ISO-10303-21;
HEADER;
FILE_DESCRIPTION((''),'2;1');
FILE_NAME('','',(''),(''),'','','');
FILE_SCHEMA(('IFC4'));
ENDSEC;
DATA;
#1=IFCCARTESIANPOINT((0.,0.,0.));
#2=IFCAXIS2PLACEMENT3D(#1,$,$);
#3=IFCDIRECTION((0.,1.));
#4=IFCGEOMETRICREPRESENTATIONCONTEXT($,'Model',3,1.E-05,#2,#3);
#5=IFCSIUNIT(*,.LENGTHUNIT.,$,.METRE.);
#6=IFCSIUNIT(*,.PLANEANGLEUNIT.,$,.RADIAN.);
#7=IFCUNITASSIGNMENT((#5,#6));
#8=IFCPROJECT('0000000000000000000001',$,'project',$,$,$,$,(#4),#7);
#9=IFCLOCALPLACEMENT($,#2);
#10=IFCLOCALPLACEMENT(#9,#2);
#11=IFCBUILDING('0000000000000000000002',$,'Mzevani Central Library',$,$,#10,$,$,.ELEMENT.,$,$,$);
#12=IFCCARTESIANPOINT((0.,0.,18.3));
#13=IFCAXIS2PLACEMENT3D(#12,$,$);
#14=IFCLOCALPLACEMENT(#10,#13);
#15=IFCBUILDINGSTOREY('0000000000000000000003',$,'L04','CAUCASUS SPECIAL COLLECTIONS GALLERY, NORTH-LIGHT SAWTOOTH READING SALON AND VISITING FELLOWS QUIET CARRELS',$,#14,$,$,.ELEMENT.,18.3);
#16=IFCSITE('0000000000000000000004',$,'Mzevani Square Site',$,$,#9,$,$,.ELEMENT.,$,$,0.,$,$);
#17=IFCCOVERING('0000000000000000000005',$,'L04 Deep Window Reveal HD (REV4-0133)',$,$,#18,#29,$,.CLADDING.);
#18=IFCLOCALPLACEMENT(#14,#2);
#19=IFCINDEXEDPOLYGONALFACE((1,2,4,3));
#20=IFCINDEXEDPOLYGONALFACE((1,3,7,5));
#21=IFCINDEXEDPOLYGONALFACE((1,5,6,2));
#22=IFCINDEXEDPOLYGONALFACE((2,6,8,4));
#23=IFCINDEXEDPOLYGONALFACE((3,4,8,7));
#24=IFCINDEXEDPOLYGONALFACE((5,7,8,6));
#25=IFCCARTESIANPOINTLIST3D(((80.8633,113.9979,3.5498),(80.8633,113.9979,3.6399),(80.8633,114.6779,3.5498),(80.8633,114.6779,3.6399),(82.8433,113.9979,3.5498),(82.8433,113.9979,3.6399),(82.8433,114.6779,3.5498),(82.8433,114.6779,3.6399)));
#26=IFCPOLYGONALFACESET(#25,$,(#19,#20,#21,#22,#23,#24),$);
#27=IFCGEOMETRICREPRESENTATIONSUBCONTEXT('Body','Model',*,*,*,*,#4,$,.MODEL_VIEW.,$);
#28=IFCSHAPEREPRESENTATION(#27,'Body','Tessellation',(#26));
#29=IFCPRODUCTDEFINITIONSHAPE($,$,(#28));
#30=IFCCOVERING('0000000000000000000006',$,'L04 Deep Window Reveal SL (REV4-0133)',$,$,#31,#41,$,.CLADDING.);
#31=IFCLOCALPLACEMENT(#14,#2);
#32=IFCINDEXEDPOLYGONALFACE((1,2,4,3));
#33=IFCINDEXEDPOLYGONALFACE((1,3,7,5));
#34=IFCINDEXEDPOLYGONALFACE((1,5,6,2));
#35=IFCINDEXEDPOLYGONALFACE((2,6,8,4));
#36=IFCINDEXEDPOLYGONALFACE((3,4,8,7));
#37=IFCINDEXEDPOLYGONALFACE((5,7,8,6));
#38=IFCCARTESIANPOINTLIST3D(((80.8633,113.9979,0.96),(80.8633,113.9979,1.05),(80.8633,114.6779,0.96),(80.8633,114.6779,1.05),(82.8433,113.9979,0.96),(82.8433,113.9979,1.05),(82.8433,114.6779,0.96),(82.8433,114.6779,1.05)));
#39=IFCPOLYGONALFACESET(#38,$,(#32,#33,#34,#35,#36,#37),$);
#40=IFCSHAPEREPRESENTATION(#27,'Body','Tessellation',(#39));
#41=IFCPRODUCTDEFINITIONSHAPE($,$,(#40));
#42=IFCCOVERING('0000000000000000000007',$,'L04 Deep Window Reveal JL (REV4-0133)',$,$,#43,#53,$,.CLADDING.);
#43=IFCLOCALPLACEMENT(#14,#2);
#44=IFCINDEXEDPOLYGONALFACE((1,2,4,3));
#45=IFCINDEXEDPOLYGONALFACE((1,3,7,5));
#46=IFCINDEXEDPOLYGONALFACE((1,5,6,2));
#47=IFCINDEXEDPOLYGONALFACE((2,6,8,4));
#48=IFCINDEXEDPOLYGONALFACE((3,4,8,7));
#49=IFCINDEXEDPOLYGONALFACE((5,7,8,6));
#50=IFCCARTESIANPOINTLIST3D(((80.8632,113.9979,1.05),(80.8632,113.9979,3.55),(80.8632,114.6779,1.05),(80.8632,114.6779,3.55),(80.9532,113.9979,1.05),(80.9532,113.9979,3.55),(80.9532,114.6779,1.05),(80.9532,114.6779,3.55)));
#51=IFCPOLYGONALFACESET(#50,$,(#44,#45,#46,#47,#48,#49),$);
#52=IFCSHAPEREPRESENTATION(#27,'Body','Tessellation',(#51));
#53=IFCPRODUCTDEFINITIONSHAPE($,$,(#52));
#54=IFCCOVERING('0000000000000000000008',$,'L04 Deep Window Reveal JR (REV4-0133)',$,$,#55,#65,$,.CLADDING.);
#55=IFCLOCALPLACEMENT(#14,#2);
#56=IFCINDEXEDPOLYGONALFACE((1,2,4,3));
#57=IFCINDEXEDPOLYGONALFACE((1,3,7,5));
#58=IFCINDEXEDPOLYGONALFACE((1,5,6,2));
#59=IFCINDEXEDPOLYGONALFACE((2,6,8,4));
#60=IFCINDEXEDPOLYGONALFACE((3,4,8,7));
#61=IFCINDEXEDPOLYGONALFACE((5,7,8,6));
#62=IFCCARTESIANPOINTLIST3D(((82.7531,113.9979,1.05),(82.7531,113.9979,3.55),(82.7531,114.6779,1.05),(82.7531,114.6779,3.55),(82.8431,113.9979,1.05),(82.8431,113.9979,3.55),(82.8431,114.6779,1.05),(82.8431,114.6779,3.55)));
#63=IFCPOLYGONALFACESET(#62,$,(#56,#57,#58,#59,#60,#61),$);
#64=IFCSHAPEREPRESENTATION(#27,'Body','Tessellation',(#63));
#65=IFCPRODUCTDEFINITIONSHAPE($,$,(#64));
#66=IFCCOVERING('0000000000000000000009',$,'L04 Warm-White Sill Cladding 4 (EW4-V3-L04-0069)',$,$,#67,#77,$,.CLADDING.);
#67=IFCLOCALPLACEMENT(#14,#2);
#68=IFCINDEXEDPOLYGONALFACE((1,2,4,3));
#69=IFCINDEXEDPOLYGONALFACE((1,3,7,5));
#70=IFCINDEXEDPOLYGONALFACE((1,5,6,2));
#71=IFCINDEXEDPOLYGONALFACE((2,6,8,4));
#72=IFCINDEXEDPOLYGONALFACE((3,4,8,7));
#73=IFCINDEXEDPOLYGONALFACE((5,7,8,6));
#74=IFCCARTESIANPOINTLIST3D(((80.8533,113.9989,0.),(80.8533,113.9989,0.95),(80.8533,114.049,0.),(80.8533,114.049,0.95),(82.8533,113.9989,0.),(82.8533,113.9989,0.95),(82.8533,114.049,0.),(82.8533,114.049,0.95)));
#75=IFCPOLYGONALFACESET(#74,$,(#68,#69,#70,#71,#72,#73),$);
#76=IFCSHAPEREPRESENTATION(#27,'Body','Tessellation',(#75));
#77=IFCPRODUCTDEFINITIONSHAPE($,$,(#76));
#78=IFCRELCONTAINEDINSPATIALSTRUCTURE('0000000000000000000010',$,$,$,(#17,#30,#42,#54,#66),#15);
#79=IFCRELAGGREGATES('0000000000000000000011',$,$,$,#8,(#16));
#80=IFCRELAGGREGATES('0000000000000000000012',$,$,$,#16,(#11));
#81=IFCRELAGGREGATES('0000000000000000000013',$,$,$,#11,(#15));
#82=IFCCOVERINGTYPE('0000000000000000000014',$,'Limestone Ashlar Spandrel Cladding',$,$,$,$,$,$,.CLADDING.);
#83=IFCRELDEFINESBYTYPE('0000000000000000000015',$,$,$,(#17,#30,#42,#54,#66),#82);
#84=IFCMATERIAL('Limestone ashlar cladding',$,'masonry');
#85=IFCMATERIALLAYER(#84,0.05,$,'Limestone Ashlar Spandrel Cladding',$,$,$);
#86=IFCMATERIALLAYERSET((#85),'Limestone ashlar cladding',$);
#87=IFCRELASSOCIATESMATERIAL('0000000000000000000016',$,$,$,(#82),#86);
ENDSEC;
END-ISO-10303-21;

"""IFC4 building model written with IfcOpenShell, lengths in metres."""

from ifc_helpers import new_model, si_unit, direction, frame, origin, origin_2d, place, context, subcontext, project, spatial, rectangle, extrude, material, layer, layer_set, type_object, element, save


model = new_model("IFC4")

# Units and contexts
model_context = context("Model", 3, precision=1e-05, world=origin(), true_north=direction((0.0, 1.0)))
body_context = subcontext(model_context, "Body", "Model", "MODEL_VIEW")
ifc_project = project(units=[si_unit("LENGTHUNIT", "METRE"), si_unit("PLANEANGLEUNIT", "RADIAN")], contexts=[model_context])

# Site, building, storey
site_placement = place(None, origin())
site = spatial("IfcSite", under=ifc_project, at=site_placement, Name="Mzevani Square Site", CompositionType="ELEMENT", RefElevation=0.0)
building_placement = place(site_placement, origin())
building = spatial("IfcBuilding", under=site, at=building_placement, Name="Mzevani Central Library", CompositionType="ELEMENT")
storey_placement = place(building_placement, frame((0.0, 0.0, 18.3)))
storey = spatial("IfcBuildingStorey", under=building, at=storey_placement, Name="L04", Description="CAUCASUS SPECIAL COLLECTIONS GALLERY, NORTH-LIGHT SAWTOOTH READING SALON AND VISITING FELLOWS QUIET CARRELS", CompositionType="ELEMENT", Elevation=18.3)

# Coverings
ifc_material_1 = material(Name="Limestone ashlar cladding", Category="masonry")
ifc_layer_1 = layer(ifc_material_1, 0.05, Name="Limestone Ashlar Spandrel Cladding")
ifc_layer_set_1 = layer_set([ifc_layer_1], Name="Limestone ashlar cladding")
covering_type = type_object("IfcCoveringType", Name="Limestone Ashlar Spandrel Cladding", PredefinedType="CLADDING", material=ifc_layer_set_1)
for number, where, z_axis, x_axis, name in (
    (1, (81.8533, 114.3379, 3.5498), (0.0, 0.0, 1.0), (1.0, 0.0, 0.0), "L04 Deep Window Reveal HD (REV4-0133)"),
    (2, (81.8533, 114.3379, 0.96), (0.0, 0.0, 1.0), (1.0, 0.0, 0.0), "L04 Deep Window Reveal SL (REV4-0133)"),
):
    element("IfcCovering", number, at=place(storey_placement, frame(where, z_axis=z_axis, x_axis=x_axis)), inside=storey, type_object=covering_type, Name=name, PredefinedType="CLADDING", context=body_context, shape_type="SweptSolid", body=[
        extrude(rectangle(XDim=1.98, YDim=0.6799, at=origin_2d()), origin(), (0.0, 0.0, 1.0), 0.0901),
    ])
for number, where, z_axis, x_axis, name in (
    (3, (80.9082, 114.3379, 1.05), (0.0, 0.0, 1.0), (1.0, 0.0, 0.0), "L04 Deep Window Reveal JL (REV4-0133)"),
    (4, (82.7981, 114.3379, 1.05), (0.0, 0.0, 1.0), (1.0, 0.0, 0.0), "L04 Deep Window Reveal JR (REV4-0133)"),
):
    element("IfcCovering", number, at=place(storey_placement, frame(where, z_axis=z_axis, x_axis=x_axis)), inside=storey, type_object=covering_type, Name=name, PredefinedType="CLADDING", context=body_context, shape_type="SweptSolid", body=[
        extrude(rectangle(XDim=0.0901, YDim=0.6799, at=origin_2d()), origin(), (0.0, 0.0, 1.0), 2.5),
    ])
covering_placement = place(storey_placement, frame((81.8533, 114.0239, 0.0), z_axis=(0.0, 0.0, 1.0), x_axis=(1.0, 0.0, 0.0)))
element("IfcCovering", 5, at=covering_placement, inside=storey, type_object=covering_type, Name="L04 Warm-White Sill Cladding 4 (EW4-V3-L04-0069)", PredefinedType="CLADDING", context=body_context, shape_type="SweptSolid", body=[
    extrude(rectangle(XDim=2.0, YDim=0.05, at=origin_2d()), origin(), (0.0, 0.0, 1.0), 0.95),
])

save(model, "model.ifc")
